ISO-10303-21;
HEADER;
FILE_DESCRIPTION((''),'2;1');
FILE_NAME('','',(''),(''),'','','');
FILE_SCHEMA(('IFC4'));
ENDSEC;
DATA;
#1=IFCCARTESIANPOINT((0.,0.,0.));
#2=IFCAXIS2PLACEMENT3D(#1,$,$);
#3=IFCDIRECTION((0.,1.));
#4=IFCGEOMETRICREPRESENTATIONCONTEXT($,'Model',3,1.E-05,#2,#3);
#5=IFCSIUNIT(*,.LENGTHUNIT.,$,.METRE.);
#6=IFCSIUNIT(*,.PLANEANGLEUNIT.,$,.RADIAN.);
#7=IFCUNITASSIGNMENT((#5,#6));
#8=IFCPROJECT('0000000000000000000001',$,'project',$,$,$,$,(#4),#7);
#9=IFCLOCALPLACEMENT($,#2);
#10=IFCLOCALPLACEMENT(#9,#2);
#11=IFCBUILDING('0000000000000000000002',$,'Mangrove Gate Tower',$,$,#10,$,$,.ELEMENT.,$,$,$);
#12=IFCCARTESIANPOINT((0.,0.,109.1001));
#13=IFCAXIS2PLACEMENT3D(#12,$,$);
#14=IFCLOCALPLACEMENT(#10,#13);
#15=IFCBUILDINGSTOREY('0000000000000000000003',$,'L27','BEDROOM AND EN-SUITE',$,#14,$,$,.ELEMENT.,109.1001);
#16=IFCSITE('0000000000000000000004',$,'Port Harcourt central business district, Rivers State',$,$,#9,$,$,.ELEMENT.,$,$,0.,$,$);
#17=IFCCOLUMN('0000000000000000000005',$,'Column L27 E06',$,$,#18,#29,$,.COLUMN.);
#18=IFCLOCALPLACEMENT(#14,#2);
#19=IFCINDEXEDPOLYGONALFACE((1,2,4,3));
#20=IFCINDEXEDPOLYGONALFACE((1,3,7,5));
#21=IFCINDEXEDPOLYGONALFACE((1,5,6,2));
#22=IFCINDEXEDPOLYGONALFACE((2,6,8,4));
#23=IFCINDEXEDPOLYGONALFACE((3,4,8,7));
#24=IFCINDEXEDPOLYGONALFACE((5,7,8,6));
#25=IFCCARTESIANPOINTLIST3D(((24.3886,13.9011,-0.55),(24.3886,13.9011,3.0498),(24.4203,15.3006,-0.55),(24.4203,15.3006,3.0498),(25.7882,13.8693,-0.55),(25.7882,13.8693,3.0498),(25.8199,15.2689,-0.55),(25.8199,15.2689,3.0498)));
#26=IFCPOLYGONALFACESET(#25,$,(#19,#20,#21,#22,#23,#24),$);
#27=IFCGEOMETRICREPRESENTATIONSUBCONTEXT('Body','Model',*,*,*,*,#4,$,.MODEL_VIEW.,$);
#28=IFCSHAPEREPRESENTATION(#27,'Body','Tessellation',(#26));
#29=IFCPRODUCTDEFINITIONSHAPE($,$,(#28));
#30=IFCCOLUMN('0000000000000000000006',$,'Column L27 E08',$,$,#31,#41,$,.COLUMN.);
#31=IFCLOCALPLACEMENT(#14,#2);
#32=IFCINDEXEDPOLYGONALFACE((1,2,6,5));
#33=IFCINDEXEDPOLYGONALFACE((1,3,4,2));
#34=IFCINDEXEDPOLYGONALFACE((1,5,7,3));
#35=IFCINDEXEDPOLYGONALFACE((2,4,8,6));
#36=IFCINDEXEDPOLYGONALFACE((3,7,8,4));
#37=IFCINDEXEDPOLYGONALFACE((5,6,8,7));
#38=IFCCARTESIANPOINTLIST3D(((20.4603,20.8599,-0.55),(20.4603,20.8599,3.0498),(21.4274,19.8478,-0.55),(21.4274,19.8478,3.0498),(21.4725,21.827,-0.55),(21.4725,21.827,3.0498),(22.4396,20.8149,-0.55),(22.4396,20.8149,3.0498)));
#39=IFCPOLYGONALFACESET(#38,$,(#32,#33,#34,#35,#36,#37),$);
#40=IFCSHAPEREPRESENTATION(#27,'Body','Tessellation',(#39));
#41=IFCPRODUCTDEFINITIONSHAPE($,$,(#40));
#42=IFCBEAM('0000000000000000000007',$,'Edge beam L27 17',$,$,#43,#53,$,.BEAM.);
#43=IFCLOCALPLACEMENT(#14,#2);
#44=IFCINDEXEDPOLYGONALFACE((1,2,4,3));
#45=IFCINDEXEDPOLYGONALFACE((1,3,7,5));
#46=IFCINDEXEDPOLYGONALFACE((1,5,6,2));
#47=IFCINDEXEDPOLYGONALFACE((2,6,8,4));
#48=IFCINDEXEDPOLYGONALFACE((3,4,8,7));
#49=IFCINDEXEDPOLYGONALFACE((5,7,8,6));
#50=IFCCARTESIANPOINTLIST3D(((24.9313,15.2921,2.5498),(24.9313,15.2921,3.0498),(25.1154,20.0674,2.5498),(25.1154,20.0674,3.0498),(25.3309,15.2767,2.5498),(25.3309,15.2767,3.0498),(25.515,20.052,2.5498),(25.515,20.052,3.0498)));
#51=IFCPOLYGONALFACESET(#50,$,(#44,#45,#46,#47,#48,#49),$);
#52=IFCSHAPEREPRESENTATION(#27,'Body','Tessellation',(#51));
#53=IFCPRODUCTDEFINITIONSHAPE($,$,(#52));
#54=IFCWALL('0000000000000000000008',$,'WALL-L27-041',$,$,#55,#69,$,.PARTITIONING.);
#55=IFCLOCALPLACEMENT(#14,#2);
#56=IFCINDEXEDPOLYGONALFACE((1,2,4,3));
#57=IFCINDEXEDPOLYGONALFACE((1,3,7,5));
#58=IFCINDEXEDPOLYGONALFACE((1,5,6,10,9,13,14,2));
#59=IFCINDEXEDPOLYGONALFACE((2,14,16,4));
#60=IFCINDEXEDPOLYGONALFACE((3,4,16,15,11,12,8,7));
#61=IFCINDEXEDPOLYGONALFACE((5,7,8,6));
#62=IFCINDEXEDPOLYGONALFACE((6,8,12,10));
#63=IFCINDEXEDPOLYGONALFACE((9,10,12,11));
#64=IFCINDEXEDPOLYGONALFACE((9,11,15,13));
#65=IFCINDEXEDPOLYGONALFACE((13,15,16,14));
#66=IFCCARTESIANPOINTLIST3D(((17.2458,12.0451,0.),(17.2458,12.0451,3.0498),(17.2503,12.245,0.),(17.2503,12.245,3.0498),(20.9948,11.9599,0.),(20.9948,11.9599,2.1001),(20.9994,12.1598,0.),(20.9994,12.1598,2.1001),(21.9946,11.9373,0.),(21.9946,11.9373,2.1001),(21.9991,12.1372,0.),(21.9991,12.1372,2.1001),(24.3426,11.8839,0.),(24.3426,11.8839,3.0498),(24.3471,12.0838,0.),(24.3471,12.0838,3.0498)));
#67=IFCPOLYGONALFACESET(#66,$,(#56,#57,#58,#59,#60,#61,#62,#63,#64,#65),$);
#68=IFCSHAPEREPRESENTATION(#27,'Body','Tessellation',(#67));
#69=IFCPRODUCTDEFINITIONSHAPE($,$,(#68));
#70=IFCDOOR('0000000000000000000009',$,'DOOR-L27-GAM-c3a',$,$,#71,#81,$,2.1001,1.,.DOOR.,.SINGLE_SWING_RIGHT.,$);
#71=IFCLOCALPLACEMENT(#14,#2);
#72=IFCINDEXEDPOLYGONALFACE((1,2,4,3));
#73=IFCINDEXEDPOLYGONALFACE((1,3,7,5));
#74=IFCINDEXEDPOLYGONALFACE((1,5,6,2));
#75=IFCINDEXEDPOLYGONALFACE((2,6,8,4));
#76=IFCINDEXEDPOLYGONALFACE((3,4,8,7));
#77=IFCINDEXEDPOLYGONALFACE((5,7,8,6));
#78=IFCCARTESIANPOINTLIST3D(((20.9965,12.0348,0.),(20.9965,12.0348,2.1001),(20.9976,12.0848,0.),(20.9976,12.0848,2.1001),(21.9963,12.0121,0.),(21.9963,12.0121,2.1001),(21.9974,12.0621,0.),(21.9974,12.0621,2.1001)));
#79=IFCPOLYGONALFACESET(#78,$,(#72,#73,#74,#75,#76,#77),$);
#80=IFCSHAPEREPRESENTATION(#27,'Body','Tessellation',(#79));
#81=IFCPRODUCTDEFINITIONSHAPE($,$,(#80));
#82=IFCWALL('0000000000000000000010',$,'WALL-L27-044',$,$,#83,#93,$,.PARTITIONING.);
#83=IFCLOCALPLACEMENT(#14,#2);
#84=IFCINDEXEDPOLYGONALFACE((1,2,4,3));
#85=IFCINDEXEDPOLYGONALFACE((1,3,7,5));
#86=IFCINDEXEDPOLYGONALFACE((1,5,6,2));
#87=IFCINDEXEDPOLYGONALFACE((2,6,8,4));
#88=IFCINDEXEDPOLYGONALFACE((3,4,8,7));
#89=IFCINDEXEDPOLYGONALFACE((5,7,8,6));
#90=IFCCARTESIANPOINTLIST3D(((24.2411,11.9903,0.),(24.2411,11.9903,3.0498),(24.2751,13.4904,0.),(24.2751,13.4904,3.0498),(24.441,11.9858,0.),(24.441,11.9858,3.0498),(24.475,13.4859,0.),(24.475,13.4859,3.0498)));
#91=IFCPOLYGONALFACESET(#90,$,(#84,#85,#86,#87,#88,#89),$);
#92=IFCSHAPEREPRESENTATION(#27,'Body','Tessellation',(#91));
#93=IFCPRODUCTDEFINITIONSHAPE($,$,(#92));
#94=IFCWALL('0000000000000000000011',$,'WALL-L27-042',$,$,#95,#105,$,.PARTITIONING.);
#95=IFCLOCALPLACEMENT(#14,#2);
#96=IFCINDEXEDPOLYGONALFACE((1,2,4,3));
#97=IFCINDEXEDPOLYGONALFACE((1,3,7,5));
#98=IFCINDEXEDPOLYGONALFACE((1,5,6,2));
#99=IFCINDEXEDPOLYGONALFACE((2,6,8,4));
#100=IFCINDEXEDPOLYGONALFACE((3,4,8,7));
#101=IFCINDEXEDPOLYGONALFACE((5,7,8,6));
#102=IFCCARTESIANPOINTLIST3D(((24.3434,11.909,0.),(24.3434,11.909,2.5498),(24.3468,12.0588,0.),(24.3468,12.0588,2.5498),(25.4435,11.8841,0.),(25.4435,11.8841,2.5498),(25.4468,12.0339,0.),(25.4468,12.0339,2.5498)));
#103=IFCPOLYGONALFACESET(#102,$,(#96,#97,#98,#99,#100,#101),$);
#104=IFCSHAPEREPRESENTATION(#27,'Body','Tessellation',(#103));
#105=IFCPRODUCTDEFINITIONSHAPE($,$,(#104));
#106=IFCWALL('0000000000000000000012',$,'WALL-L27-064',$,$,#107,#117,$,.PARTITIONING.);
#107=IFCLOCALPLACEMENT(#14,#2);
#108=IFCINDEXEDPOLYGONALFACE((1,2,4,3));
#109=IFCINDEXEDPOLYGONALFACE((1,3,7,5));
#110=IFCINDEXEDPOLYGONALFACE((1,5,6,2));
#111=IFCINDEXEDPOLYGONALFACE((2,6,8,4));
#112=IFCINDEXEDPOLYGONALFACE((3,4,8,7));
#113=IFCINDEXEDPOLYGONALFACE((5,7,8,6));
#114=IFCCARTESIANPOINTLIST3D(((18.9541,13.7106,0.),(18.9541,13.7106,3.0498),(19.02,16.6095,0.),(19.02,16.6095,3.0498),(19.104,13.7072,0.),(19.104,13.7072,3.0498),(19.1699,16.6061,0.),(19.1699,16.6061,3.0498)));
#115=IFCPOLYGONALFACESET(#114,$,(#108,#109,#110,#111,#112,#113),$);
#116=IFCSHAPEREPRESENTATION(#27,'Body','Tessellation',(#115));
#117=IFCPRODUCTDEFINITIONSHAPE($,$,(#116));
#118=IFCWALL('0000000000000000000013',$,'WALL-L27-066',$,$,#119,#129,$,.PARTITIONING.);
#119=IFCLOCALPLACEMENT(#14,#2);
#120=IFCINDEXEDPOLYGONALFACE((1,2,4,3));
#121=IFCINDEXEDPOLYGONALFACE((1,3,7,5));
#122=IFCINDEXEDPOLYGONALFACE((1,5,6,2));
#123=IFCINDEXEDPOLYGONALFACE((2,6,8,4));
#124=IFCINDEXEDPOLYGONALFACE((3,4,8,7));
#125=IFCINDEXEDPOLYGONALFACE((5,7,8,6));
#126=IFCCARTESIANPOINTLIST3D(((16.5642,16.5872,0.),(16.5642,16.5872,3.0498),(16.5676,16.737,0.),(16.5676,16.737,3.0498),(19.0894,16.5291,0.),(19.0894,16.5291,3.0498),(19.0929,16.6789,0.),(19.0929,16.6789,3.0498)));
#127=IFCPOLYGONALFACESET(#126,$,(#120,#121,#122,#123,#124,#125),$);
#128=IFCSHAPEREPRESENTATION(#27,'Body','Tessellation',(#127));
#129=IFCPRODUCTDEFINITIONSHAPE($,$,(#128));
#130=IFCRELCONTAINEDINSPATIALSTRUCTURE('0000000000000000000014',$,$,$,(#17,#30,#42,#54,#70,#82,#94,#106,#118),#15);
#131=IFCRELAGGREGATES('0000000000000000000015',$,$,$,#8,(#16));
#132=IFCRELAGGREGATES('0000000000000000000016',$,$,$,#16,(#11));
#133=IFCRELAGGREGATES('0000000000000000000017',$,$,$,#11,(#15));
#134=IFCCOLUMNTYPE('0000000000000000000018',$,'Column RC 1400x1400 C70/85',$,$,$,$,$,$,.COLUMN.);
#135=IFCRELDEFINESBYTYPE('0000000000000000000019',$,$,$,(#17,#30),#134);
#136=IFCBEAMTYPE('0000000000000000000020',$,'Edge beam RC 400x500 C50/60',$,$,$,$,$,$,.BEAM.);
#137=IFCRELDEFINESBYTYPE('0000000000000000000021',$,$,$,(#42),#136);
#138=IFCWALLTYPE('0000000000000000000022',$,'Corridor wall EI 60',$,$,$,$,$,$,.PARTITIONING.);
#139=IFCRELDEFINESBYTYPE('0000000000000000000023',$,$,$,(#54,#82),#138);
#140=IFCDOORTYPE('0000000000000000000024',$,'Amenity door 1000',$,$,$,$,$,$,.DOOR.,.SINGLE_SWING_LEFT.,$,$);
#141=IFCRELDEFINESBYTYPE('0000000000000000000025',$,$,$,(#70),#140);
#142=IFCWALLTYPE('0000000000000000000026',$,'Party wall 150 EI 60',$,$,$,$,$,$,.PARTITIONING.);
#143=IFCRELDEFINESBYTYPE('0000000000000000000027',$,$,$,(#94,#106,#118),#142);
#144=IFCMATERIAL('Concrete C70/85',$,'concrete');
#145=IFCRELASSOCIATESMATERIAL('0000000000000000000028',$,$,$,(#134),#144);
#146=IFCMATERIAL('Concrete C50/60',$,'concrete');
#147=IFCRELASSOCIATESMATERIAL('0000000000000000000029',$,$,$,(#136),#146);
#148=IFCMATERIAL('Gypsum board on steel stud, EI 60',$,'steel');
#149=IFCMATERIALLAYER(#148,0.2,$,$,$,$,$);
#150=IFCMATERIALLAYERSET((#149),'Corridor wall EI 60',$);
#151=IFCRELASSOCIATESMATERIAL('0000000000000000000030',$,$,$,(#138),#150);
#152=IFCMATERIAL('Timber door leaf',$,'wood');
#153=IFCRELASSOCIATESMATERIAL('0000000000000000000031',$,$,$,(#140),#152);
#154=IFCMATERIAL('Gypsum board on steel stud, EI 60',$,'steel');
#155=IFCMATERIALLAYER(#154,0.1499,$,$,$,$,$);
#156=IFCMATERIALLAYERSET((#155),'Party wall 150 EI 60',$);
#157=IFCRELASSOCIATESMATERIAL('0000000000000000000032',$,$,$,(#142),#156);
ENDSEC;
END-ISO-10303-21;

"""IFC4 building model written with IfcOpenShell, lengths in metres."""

from ifc_helpers import new_model, si_unit, direction, frame, frame_2d, origin, origin_2d, place, context, subcontext, project, spatial, rectangle, extrude, material, layer, layer_set, material_profile, profile_set, type_object, element, fill, save


model = new_model("IFC4")

# Units and contexts
model_context = context("Model", 3, precision=1e-05, world=origin(), true_north=direction((0.0, 1.0)))
body_context = subcontext(model_context, "Body", "Model", "MODEL_VIEW")
ifc_project = project(units=[si_unit("LENGTHUNIT", "METRE"), si_unit("PLANEANGLEUNIT", "RADIAN")], contexts=[model_context])

# Site, building, storey
site_placement = place(None, origin())
site = spatial("IfcSite", under=ifc_project, at=site_placement, Name="Port Harcourt central business district, Rivers State", CompositionType="ELEMENT", RefElevation=0.0)
building_placement = place(site_placement, origin())
building = spatial("IfcBuilding", under=site, at=building_placement, Name="Mangrove Gate Tower", CompositionType="ELEMENT")
storey_placement = place(building_placement, frame((0.0, 0.0, 109.1001)))
storey = spatial("IfcBuildingStorey", under=building, at=storey_placement, Name="L27", Description="BEDROOM AND EN-SUITE", CompositionType="ELEMENT", Elevation=109.1001)

# Columns
ifc_material_1 = material(Name="Concrete C70/85", Category="concrete")
ifc_material_profile_1 = material_profile(ifc_material_1, rectangle(XDim=1.3999, YDim=1.3999, at=origin_2d()))
ifc_profile_set_1 = profile_set([ifc_material_profile_1], Name="Concrete C70/85")
column_type = type_object("IfcColumnType", Name="Column RC 1400x1400 C70/85", PredefinedType="COLUMN", material=ifc_profile_set_1)
for number, where, z_axis, x_axis, name in (
    (1, (25.1042, 14.585, -0.55), (0.0, 0.0, 1.0), (0.022665, 0.999743, 0.0), "Column L27 E06"),
    (2, (21.45, 20.8374, -0.55), (0.0, 0.0, 1.0), (-0.690837, 0.72301, 0.0), "Column L27 E08"),
):
    element("IfcColumn", number, at=place(storey_placement, frame(where, z_axis=z_axis, x_axis=x_axis)), inside=storey, type_object=column_type, Name=name, PredefinedType="COLUMN", context=body_context, shape_type="SweptSolid", body=[
        extrude(rectangle(XDim=1.3999, YDim=1.3999, at=origin_2d()), origin(), (0.0, 0.0, 1.0), 3.5999),
    ])

# Beam
ifc_material_2 = material(Name="Concrete C50/60", Category="concrete")
ifc_material_profile_2 = material_profile(ifc_material_2, rectangle(XDim=0.3999, YDim=0.5, at=origin_2d()))
ifc_profile_set_2 = profile_set([ifc_material_profile_2], Name="Concrete C50/60")
beam_type = type_object("IfcBeamType", Name="Edge beam RC 400x500 C50/60", PredefinedType="BEAM", material=ifc_profile_set_2)
beam_placement = place(storey_placement, frame((25.1311, 15.2844, 2.7998), z_axis=(0.038521, 0.999258, 0.0), x_axis=(-0.999258, 0.038521, 0.0)))
element("IfcBeam", 3, at=beam_placement, inside=storey, type_object=beam_type, Name="Edge beam L27 17", PredefinedType="BEAM", context=body_context, shape_type="SweptSolid", body=[
    extrude(rectangle(XDim=0.3999, YDim=0.5, at=origin_2d()), origin(), (0.0, 0.0, 1.0), 4.7788),
])

# Wall, opening, door
ifc_material_3 = material(Name="Gypsum board on steel stud, EI 60", Category="steel")
ifc_layer_1 = layer(ifc_material_3, 0.2)
ifc_layer_set_1 = layer_set([ifc_layer_1], Name="Corridor wall EI 60")
wall_type_1 = type_object("IfcWallType", Name="Corridor wall EI 60", PredefinedType="PARTITIONING", material=ifc_layer_set_1)
wall_1_placement = place(storey_placement, frame((17.248, 12.145, 0.0), z_axis=(0.0, 0.0, 1.0), x_axis=(0.999742, -0.022699, 0.0)))
wall_1 = element("IfcWall", 4, at=wall_1_placement, inside=storey, type_object=wall_type_1, Name="WALL-L27-041", PredefinedType="PARTITIONING", context=body_context, shape_type="SweptSolid", body=[
    extrude(rectangle(XDim=7.0986, YDim=0.2, at=frame_2d((3.5493, 0.0))), origin(), (0.0, 0.0, 1.0), 3.0498),
])
opening_placement = place(wall_1_placement, frame((3.75, 0.0, 0.0)))
opening = element("IfcOpeningElement", 5, at=opening_placement, cuts=wall_1, PredefinedType="OPENING", context=body_context, shape_type="SweptSolid", body=[
    extrude(rectangle(XDim=1.0, YDim=2.1001, at=frame_2d((0.5, 1.05))), frame((0.0, 0.1099, 0.0), z_axis=(0.0, -1.0, 0.0), x_axis=(1.0, 0.0, 0.0)), (0.0, 0.0, 1.0), 0.22),
])
ifc_material_4 = material(Name="Timber door leaf", Category="wood")
door_type = type_object("IfcDoorType", Name="Amenity door 1000", OperationType="SINGLE_SWING_LEFT", PredefinedType="DOOR", material=ifc_material_4)
door_placement = place(opening_placement, origin())
door = element("IfcDoor", 6, at=door_placement, inside=storey, type_object=door_type, Name="DOOR-L27-GAM-c3a", OperationType="SINGLE_SWING_RIGHT", OverallHeight=2.1001, OverallWidth=1.0, PredefinedType="DOOR", context=body_context, shape_type="SweptSolid", body=[
    extrude(rectangle(XDim=1.0, YDim=2.1001, at=frame_2d((0.5, 1.05))), frame((0.0, 0.0249, 0.0), z_axis=(0.0, -1.0, 0.0), x_axis=(1.0, 0.0, 0.0)), (0.0, 0.0, 1.0), 0.05),
])
fill(opening, door)

# Walls
wall_2_placement = place(storey_placement, frame((24.3411, 11.988, 0.0), z_axis=(0.0, 0.0, 1.0), x_axis=(0.022618, 0.999744, 0.0)))
element("IfcWall", 7, at=wall_2_placement, inside=storey, type_object=wall_type_1, Name="WALL-L27-044", PredefinedType="PARTITIONING", context=body_context, shape_type="SweptSolid", body=[
    extrude(rectangle(XDim=1.5005, YDim=0.2, at=frame_2d((0.7502, 0.0))), origin(), (0.0, 0.0, 1.0), 3.0498),
])
ifc_material_5 = material(Name="Gypsum board on steel stud, EI 60", Category="steel")
ifc_layer_2 = layer(ifc_material_5, 0.1499)
ifc_layer_set_2 = layer_set([ifc_layer_2], Name="Party wall 150 EI 60")
wall_type_2 = type_object("IfcWallType", Name="Party wall 150 EI 60", PredefinedType="PARTITIONING", material=ifc_layer_set_2)
wall_3_placement = place(storey_placement, frame((24.345, 11.9839, 0.0), z_axis=(0.0, 0.0, 1.0), x_axis=(0.999744, -0.022631, 0.0)))
element("IfcWall", 8, at=wall_3_placement, inside=storey, type_object=wall_type_2, Name="WALL-L27-042", PredefinedType="PARTITIONING", context=body_context, shape_type="SweptSolid", body=[
    extrude(rectangle(XDim=1.1003, YDim=0.1499, at=frame_2d((0.5503, 0.0))), origin(), (0.0, 0.0, 1.0), 2.5498),
])
wall_4_placement = place(storey_placement, frame((19.0291, 13.709, 0.0), z_axis=(0.0, 0.0, 1.0), x_axis=(0.022733, 0.999742, 0.0)))
element("IfcWall", 9, at=wall_4_placement, inside=storey, type_object=wall_type_2, Name="WALL-L27-064", PredefinedType="PARTITIONING", context=body_context, shape_type="SweptSolid", body=[
    extrude(rectangle(XDim=2.8997, YDim=0.1499, at=frame_2d((1.4497, 0.0))), origin(), (0.0, 0.0, 1.0), 3.0498),
])
wall_5_placement = place(storey_placement, frame((16.5659, 16.6621, 0.0), z_axis=(0.0, 0.0, 1.0), x_axis=(0.999735, -0.023005, 0.0)))
element("IfcWall", 10, at=wall_5_placement, inside=storey, type_object=wall_type_2, Name="WALL-L27-066", PredefinedType="PARTITIONING", context=body_context, shape_type="SweptSolid", body=[
    extrude(rectangle(XDim=2.5259, YDim=0.1499, at=frame_2d((1.2629, 0.0))), origin(), (0.0, 0.0, 1.0), 3.0498),
])

save(model, "model.ifc")
